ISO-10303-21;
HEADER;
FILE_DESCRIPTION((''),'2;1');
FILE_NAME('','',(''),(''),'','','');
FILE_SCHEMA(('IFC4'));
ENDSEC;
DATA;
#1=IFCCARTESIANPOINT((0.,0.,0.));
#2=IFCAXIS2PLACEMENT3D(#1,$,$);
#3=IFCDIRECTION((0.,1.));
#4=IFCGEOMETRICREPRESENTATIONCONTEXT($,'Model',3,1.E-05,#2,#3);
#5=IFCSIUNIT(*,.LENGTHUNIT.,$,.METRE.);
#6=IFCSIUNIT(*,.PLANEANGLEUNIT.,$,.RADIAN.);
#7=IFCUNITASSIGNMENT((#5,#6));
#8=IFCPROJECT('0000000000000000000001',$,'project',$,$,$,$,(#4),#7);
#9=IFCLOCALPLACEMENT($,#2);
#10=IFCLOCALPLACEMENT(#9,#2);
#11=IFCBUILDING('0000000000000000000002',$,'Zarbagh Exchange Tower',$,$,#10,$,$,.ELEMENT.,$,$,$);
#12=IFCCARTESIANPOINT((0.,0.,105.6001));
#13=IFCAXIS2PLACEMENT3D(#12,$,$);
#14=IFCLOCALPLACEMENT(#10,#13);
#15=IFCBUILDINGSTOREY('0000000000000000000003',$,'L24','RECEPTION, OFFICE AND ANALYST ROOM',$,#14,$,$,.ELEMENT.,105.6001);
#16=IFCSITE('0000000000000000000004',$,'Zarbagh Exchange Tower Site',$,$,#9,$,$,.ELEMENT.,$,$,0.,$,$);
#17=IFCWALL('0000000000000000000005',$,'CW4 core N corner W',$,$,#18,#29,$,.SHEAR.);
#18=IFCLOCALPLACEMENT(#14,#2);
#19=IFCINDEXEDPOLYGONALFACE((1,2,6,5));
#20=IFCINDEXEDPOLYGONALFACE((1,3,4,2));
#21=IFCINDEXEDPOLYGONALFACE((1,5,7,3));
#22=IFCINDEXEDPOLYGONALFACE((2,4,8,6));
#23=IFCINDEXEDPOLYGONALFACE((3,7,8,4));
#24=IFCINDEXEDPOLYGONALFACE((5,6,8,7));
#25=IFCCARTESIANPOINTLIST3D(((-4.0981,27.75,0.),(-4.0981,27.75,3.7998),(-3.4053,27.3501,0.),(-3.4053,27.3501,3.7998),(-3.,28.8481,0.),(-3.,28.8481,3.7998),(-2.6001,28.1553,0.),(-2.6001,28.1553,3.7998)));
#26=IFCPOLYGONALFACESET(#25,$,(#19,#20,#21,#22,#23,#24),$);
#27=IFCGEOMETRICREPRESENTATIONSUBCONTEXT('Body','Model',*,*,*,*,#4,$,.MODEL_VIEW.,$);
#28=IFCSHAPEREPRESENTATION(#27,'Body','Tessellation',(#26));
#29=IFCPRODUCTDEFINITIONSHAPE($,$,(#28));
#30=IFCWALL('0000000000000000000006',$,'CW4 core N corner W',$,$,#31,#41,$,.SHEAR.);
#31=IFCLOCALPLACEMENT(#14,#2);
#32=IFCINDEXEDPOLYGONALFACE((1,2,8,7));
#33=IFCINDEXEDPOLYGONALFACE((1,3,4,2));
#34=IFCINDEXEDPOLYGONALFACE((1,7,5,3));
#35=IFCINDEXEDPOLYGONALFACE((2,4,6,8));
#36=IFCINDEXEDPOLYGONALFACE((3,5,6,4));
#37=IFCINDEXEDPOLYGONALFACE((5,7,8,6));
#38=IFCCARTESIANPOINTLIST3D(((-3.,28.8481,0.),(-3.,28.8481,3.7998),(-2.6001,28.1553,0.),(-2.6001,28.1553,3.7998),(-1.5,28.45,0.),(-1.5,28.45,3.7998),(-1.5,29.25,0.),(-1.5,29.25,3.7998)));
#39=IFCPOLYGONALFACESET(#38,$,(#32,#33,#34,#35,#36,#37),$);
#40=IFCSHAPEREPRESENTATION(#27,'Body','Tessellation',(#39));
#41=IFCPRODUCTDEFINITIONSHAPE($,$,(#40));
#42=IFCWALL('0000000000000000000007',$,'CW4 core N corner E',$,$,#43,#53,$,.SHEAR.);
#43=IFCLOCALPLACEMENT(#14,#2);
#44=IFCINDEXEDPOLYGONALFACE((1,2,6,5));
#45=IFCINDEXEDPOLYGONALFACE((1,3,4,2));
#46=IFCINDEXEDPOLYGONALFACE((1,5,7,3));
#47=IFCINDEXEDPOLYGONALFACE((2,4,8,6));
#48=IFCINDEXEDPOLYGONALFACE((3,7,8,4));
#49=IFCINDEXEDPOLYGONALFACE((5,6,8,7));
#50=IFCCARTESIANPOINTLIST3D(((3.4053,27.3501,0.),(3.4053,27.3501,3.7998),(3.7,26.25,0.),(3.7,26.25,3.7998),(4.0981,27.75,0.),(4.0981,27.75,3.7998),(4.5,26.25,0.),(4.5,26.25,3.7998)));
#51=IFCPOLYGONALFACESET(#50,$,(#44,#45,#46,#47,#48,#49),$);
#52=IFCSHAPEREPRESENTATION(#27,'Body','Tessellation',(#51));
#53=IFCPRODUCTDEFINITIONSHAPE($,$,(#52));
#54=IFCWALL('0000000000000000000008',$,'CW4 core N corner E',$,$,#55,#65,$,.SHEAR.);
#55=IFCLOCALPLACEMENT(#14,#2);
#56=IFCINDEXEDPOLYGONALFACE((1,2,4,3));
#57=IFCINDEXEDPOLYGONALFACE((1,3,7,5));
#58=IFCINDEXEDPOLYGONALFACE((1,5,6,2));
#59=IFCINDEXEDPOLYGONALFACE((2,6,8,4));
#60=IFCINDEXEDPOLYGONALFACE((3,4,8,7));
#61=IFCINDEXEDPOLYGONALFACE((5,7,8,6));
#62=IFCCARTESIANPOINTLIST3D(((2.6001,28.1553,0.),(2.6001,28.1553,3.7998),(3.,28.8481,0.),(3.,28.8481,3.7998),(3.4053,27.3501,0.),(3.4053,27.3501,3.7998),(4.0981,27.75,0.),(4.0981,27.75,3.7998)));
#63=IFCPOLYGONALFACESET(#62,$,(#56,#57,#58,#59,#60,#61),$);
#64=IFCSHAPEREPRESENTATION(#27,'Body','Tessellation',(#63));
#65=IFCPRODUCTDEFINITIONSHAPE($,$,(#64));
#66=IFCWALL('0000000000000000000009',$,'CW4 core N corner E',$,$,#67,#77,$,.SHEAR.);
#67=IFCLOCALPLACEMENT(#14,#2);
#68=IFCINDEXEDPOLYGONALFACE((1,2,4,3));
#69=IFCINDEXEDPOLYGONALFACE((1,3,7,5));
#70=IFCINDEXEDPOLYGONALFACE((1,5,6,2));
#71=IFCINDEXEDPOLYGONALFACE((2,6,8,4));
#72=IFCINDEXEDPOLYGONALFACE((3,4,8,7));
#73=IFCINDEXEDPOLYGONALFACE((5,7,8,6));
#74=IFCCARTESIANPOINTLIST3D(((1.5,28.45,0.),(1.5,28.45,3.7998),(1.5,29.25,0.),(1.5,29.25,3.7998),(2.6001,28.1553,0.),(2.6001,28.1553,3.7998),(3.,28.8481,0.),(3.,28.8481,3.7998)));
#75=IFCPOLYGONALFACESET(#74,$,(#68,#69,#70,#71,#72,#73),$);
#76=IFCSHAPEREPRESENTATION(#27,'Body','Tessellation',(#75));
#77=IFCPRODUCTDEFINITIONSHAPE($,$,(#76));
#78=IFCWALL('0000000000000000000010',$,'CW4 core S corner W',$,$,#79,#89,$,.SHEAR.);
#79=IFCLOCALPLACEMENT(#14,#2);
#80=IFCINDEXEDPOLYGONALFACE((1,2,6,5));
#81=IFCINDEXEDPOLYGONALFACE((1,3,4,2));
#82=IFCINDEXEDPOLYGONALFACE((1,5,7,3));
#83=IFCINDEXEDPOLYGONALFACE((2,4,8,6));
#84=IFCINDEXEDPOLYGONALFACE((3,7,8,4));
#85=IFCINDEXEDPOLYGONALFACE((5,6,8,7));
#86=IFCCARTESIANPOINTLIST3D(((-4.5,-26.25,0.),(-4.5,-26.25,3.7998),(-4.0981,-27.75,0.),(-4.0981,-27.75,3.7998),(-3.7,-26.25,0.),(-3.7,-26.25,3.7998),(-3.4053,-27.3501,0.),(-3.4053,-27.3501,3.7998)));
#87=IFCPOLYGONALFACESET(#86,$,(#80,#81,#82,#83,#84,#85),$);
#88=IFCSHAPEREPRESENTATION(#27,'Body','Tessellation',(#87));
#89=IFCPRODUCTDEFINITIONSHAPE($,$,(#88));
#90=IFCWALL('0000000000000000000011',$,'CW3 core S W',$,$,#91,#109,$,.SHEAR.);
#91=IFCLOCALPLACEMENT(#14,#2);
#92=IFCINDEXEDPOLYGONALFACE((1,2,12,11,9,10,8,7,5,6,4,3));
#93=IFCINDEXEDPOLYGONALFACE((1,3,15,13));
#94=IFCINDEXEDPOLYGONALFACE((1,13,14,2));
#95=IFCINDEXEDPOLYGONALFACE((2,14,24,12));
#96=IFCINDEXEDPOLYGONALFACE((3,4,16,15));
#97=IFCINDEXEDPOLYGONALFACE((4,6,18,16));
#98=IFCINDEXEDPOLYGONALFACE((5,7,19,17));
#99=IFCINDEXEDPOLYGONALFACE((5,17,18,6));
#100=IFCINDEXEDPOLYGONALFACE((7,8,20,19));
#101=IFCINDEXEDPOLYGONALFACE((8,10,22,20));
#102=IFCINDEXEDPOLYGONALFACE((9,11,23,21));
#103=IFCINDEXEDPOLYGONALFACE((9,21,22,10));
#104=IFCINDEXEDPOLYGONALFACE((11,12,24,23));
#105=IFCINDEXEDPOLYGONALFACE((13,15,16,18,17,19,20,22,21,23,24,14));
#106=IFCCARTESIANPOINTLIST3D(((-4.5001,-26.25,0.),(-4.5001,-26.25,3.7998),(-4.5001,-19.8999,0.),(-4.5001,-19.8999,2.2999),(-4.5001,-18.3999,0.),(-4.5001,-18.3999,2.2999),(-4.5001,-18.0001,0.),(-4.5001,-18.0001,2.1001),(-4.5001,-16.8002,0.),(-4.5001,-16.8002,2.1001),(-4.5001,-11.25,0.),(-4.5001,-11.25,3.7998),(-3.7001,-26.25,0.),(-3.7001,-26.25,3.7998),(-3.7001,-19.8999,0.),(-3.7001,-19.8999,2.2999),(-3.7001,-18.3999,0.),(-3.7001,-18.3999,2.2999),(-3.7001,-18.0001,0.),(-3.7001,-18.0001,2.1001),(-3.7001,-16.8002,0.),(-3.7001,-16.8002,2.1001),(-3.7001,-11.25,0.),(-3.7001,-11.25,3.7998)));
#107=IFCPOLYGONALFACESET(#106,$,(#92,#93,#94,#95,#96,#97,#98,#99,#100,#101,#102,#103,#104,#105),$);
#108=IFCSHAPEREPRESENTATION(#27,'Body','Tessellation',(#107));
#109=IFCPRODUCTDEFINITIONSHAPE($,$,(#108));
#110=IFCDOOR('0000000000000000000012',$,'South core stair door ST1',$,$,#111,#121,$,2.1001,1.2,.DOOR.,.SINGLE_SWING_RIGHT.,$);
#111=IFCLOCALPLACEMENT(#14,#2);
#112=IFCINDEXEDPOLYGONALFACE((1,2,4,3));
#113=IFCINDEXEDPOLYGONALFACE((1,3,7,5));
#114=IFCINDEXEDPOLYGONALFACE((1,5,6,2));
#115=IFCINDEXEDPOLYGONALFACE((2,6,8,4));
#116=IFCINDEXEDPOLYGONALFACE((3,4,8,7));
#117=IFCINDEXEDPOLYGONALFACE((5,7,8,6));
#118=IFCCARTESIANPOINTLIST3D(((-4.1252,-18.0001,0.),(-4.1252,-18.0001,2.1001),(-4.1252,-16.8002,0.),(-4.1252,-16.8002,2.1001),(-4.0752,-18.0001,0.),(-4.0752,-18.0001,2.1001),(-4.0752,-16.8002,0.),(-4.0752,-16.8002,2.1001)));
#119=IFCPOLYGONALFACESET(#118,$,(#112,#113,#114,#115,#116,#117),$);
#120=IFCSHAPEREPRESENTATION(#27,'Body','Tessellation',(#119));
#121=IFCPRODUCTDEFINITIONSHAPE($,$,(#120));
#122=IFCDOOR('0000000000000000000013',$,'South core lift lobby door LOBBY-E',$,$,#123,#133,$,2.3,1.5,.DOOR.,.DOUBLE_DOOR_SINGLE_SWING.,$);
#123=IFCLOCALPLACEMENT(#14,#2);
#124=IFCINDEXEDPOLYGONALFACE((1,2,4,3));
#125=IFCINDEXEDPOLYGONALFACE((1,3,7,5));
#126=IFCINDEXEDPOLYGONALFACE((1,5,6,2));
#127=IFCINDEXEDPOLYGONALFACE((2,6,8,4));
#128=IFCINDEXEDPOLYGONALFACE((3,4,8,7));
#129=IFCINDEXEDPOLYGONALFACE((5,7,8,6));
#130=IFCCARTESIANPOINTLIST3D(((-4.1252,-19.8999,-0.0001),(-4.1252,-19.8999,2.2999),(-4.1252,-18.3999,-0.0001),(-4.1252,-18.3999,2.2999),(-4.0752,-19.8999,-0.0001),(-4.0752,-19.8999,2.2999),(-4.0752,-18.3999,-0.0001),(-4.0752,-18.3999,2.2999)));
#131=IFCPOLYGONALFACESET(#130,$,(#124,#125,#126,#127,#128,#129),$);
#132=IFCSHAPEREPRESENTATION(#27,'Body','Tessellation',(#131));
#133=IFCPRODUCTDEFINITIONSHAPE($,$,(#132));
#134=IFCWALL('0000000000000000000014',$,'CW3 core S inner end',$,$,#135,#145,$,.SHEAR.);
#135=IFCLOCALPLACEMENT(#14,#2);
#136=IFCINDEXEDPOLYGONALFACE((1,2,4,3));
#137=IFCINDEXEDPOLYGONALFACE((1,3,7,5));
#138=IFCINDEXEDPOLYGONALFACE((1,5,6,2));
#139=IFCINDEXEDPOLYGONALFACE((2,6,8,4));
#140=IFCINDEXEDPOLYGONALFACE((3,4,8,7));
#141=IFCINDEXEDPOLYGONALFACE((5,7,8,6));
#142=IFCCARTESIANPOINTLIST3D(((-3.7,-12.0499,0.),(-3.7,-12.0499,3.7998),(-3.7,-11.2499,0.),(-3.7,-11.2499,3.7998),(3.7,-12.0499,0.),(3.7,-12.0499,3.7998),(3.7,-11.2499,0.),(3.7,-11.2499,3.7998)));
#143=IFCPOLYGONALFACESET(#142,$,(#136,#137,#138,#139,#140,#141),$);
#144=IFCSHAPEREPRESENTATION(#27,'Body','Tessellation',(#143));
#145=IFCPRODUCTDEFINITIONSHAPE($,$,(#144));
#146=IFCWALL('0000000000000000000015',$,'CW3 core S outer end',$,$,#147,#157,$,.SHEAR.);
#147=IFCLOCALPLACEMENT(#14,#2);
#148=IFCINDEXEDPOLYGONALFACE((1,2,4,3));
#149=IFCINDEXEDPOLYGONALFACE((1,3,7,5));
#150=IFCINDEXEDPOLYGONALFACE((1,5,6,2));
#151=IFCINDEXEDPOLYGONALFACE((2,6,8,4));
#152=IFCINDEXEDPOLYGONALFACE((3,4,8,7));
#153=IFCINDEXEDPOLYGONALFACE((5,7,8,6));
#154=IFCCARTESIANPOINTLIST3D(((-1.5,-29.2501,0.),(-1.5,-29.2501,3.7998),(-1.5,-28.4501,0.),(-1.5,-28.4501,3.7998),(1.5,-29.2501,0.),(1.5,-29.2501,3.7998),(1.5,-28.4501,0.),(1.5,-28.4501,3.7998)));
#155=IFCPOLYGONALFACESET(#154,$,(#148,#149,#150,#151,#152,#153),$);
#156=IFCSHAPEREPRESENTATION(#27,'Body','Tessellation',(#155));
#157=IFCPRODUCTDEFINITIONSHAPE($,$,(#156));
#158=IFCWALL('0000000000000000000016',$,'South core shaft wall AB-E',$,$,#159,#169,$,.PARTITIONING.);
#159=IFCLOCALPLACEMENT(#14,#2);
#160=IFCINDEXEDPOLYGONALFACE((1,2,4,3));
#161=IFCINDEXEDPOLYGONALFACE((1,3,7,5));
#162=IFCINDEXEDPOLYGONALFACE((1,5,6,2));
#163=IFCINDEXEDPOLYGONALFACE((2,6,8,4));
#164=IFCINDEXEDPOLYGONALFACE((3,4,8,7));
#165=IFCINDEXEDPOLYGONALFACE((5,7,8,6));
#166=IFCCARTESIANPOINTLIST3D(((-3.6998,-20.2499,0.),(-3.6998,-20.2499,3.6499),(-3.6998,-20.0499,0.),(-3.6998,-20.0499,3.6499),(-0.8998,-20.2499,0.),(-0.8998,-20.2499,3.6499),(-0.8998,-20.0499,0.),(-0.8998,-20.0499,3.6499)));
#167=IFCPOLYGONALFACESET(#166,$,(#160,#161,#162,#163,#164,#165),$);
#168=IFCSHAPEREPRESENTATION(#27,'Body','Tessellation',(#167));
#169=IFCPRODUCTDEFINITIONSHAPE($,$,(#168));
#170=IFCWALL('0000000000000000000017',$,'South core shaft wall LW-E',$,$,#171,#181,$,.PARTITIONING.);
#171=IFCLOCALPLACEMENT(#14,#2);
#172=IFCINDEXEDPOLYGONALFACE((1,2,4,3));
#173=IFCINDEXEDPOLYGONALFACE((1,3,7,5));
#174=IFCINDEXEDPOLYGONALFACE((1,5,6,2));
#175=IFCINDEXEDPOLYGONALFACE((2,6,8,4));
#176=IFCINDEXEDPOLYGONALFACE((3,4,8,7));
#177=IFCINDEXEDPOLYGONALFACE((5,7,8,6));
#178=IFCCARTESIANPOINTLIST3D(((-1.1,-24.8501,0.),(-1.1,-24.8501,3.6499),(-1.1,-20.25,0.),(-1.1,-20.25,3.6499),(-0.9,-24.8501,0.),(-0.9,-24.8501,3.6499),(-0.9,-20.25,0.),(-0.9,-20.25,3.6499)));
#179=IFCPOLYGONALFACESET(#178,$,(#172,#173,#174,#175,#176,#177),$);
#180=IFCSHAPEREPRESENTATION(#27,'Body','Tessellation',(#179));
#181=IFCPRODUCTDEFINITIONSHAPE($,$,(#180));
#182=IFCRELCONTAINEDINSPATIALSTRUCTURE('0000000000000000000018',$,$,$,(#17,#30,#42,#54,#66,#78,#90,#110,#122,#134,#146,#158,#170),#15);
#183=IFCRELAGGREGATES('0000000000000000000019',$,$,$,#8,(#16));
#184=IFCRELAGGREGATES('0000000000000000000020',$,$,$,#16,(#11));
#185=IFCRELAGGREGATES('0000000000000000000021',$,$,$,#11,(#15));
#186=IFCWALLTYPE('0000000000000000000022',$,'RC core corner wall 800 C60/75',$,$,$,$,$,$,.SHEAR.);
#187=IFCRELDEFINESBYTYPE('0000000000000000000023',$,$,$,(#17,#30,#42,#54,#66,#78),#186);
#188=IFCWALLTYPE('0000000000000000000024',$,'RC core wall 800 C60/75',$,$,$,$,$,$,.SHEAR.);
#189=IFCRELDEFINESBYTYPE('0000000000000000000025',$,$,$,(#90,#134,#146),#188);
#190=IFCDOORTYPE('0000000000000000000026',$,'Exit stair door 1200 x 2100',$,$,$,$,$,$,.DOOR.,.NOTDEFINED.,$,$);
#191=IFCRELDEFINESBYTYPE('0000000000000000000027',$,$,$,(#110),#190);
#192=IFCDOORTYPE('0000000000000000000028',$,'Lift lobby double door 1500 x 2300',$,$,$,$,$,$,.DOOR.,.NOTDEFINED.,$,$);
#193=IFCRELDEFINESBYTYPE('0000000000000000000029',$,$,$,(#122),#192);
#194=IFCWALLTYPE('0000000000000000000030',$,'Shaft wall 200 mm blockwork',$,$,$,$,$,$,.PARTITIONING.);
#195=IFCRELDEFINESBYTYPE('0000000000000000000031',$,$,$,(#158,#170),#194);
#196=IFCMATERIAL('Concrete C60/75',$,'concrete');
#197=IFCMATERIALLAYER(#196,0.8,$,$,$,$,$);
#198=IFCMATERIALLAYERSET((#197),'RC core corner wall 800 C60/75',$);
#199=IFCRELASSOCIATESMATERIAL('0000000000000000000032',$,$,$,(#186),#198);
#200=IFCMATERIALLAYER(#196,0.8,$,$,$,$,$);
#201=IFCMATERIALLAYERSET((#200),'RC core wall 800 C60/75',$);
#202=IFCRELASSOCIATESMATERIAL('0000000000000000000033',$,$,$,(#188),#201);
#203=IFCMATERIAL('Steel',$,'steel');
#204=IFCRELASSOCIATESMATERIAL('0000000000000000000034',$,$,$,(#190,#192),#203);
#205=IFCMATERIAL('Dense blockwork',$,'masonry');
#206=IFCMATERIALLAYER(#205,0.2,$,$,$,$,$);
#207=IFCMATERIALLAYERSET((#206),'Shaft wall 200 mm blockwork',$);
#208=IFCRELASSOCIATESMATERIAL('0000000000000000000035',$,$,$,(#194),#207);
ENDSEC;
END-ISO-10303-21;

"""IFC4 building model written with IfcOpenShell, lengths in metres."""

from ifc_helpers import new_model, si_unit, direction, frame, frame_2d, origin, place, context, subcontext, project, spatial, polyline, rectangle, outline, extrude, material, layer, layer_set, type_object, element, fill, save


model = new_model("IFC4")

# Units and contexts
model_context = context("Model", 3, precision=1e-05, world=origin(), true_north=direction((0.0, 1.0)))
body_context = subcontext(model_context, "Body", "Model", "MODEL_VIEW")
ifc_project = project(units=[si_unit("LENGTHUNIT", "METRE"), si_unit("PLANEANGLEUNIT", "RADIAN")], contexts=[model_context])

# Site, building, storey
site_placement = place(None, origin())
site = spatial("IfcSite", under=ifc_project, at=site_placement, Name="Zarbagh Exchange Tower Site", CompositionType="ELEMENT", RefElevation=0.0)
building_placement = place(site_placement, origin())
building = spatial("IfcBuilding", under=site, at=building_placement, Name="Zarbagh Exchange Tower", CompositionType="ELEMENT")
storey_placement = place(building_placement, frame((0.0, 0.0, 105.6001)))
storey = spatial("IfcBuildingStorey", under=building, at=storey_placement, Name="L24", Description="RECEPTION, OFFICE AND ANALYST ROOM", CompositionType="ELEMENT", Elevation=105.6001)

# Shared definitions
ifc_material_1 = material(Name="Concrete C60/75", Category="concrete")

# Walls
ifc_layer_1 = layer(ifc_material_1, 0.8)
ifc_layer_set_1 = layer_set([ifc_layer_1], Name="RC core corner wall 800 C60/75")
wall_type_1 = type_object("IfcWallType", Name="RC core corner wall 800 C60/75", PredefinedType="SHEAR", material=ifc_layer_set_1)
wall_1_placement = place(storey_placement, origin())
element("IfcWall", 1, at=wall_1_placement, inside=storey, type_object=wall_type_1, Name="CW4 core N corner W", PredefinedType="SHEAR", context=body_context, shape_type="SweptSolid", body=[
    extrude(outline(polyline([(-4.0981, 27.75), (-3.0, 28.8481), (-2.6001, 28.1553), (-3.4053, 27.3501), (-4.0981, 27.75)])), origin(), (0.0, 0.0, 1.0), 3.7998),
])
wall_2_placement = place(storey_placement, origin())
element("IfcWall", 2, at=wall_2_placement, inside=storey, type_object=wall_type_1, Name="CW4 core N corner W", PredefinedType="SHEAR", context=body_context, shape_type="SweptSolid", body=[
    extrude(outline(polyline([(-3.0, 28.8481), (-1.5, 29.25), (-1.5, 28.45), (-2.6001, 28.1553), (-3.0, 28.8481)])), origin(), (0.0, 0.0, 1.0), 3.7998),
])
wall_3_placement = place(storey_placement, origin())
element("IfcWall", 3, at=wall_3_placement, inside=storey, type_object=wall_type_1, Name="CW4 core N corner E", PredefinedType="SHEAR", context=body_context, shape_type="SweptSolid", body=[
    extrude(outline(polyline([(4.5, 26.25), (4.0981, 27.75), (3.4053, 27.3501), (3.7, 26.25), (4.5, 26.25)])), origin(), (0.0, 0.0, 1.0), 3.7998),
])
wall_4_placement = place(storey_placement, origin())
element("IfcWall", 4, at=wall_4_placement, inside=storey, type_object=wall_type_1, Name="CW4 core N corner E", PredefinedType="SHEAR", context=body_context, shape_type="SweptSolid", body=[
    extrude(outline(polyline([(4.0981, 27.75), (3.0, 28.8481), (2.6001, 28.1553), (3.4053, 27.3501), (4.0981, 27.75)])), origin(), (0.0, 0.0, 1.0), 3.7998),
])
wall_5_placement = place(storey_placement, origin())
element("IfcWall", 5, at=wall_5_placement, inside=storey, type_object=wall_type_1, Name="CW4 core N corner E", PredefinedType="SHEAR", context=body_context, shape_type="SweptSolid", body=[
    extrude(outline(polyline([(3.0, 28.8481), (1.5, 29.25), (1.5, 28.45), (2.6001, 28.1553), (3.0, 28.8481)])), origin(), (0.0, 0.0, 1.0), 3.7998),
])
wall_6_placement = place(storey_placement, origin())
element("IfcWall", 6, at=wall_6_placement, inside=storey, type_object=wall_type_1, Name="CW4 core S corner W", PredefinedType="SHEAR", context=body_context, shape_type="SweptSolid", body=[
    extrude(outline(polyline([(-4.5, -26.25), (-4.0981, -27.75), (-3.4053, -27.3501), (-3.7, -26.25), (-4.5, -26.25)])), origin(), (0.0, 0.0, 1.0), 3.7998),
])

# Wall, openings, doors
ifc_layer_2 = layer(ifc_material_1, 0.8)
ifc_layer_set_2 = layer_set([ifc_layer_2], Name="RC core wall 800 C60/75")
wall_type_2 = type_object("IfcWallType", Name="RC core wall 800 C60/75", PredefinedType="SHEAR", material=ifc_layer_set_2)
wall_7_placement = place(storey_placement, frame((-4.1001, -11.25, 0.0), z_axis=(0.0, 0.0, 1.0), x_axis=(0.0, -1.0, 0.0)))
wall_7 = element("IfcWall", 7, at=wall_7_placement, inside=storey, type_object=wall_type_2, Name="CW3 core S W", PredefinedType="SHEAR", context=body_context, shape_type="SweptSolid", body=[
    extrude(rectangle(XDim=15.0, YDim=0.8, at=frame_2d((7.5, 0.0))), origin(), (0.0, 0.0, 1.0), 3.7998),
])
opening_1_placement = place(wall_7_placement, frame((7.1499, 0.0, 0.0)))
opening_1 = element("IfcOpeningElement", 8, at=opening_1_placement, cuts=wall_7, PredefinedType="OPENING", context=body_context, shape_type="SweptSolid", body=[
    extrude(rectangle(XDim=1.5, YDim=2.3, at=frame_2d((0.75, 1.1499))), frame((0.0, 0.4099, 0.0), z_axis=(0.0, -1.0, 0.0), x_axis=(1.0, 0.0, 0.0)), (0.0, 0.0, 1.0), 0.8201),
])
opening_2_placement = place(wall_7_placement, frame((5.55, 0.0, 0.0)))
opening_2 = element("IfcOpeningElement", 9, at=opening_2_placement, cuts=wall_7, PredefinedType="OPENING", context=body_context, shape_type="SweptSolid", body=[
    extrude(rectangle(XDim=1.2, YDim=2.1001, at=frame_2d((0.6001, 1.05))), frame((0.0, 0.4099, 0.0), z_axis=(0.0, -1.0, 0.0), x_axis=(1.0, 0.0, 0.0)), (0.0, 0.0, 1.0), 0.8201),
])
ifc_material_2 = material(Name="Steel", Category="steel")
door_type_1 = type_object("IfcDoorType", Name="Exit stair door 1200 x 2100", OperationType="NOTDEFINED", PredefinedType="DOOR", material=ifc_material_2)
door_1_placement = place(opening_2_placement, origin())
door_1 = element("IfcDoor", 10, at=door_1_placement, inside=storey, type_object=door_type_1, Name="South core stair door ST1", OperationType="SINGLE_SWING_RIGHT", OverallHeight=2.1001, OverallWidth=1.2, PredefinedType="DOOR", context=body_context, shape_type="SweptSolid", body=[
    extrude(rectangle(XDim=1.2, YDim=2.1001, at=frame_2d((0.6001, 1.05))), frame((0.0, 0.0249, 0.0), z_axis=(0.0, -1.0, 0.0), x_axis=(1.0, 0.0, 0.0)), (0.0, 0.0, 1.0), 0.05),
])
fill(opening_2, door_1)
door_type_2 = type_object("IfcDoorType", Name="Lift lobby double door 1500 x 2300", OperationType="NOTDEFINED", PredefinedType="DOOR", material=ifc_material_2)
door_2_placement = place(opening_1_placement, origin())
door_2 = element("IfcDoor", 11, at=door_2_placement, inside=storey, type_object=door_type_2, Name="South core lift lobby door LOBBY-E", OperationType="DOUBLE_DOOR_SINGLE_SWING", OverallHeight=2.3, OverallWidth=1.5, PredefinedType="DOOR", context=body_context, shape_type="SweptSolid", body=[
    extrude(rectangle(XDim=1.5, YDim=2.3, at=frame_2d((0.75, 1.1499))), frame((0.0, 0.0249, 0.0), z_axis=(0.0, -1.0, 0.0), x_axis=(1.0, 0.0, 0.0)), (0.0, 0.0, 1.0), 0.05),
])
fill(opening_1, door_2)

# Walls
wall_8_placement = place(storey_placement, frame((-3.7, -11.6499, 0.0), z_axis=(0.0, 0.0, 1.0), x_axis=(1.0, 0.0, 0.0)))
element("IfcWall", 12, at=wall_8_placement, inside=storey, type_object=wall_type_2, Name="CW3 core S inner end", PredefinedType="SHEAR", context=body_context, shape_type="SweptSolid", body=[
    extrude(rectangle(XDim=7.3999, YDim=0.8, at=frame_2d((3.7, 0.0))), origin(), (0.0, 0.0, 1.0), 3.7998),
])
wall_9_placement = place(storey_placement, frame((-1.5, -28.8501, 0.0), z_axis=(0.0, 0.0, 1.0), x_axis=(1.0, 0.0, 0.0)))
element("IfcWall", 13, at=wall_9_placement, inside=storey, type_object=wall_type_2, Name="CW3 core S outer end", PredefinedType="SHEAR", context=body_context, shape_type="SweptSolid", body=[
    extrude(rectangle(XDim=3.0, YDim=0.8, at=frame_2d((1.5, 0.0))), origin(), (0.0, 0.0, 1.0), 3.7998),
])
ifc_material_3 = material(Name="Dense blockwork", Category="masonry")
ifc_layer_3 = layer(ifc_material_3, 0.2)
ifc_layer_set_3 = layer_set([ifc_layer_3], Name="Shaft wall 200 mm blockwork")
wall_type_3 = type_object("IfcWallType", Name="Shaft wall 200 mm blockwork", PredefinedType="PARTITIONING", material=ifc_layer_set_3)
wall_10_placement = place(storey_placement, frame((-0.8999, -20.1499, 0.0), z_axis=(0.0, 0.0, 1.0), x_axis=(-1.0, 0.0, 0.0)))
element("IfcWall", 14, at=wall_10_placement, inside=storey, type_object=wall_type_3, Name="South core shaft wall AB-E", PredefinedType="PARTITIONING", context=body_context, shape_type="SweptSolid", body=[
    extrude(rectangle(XDim=2.8, YDim=0.2, at=frame_2d((1.3999, 0.0))), origin(), (0.0, 0.0, 1.0), 3.6499),
])
wall_11_placement = place(storey_placement, frame((-1.0, -24.8501, 0.0), z_axis=(0.0, 0.0, 1.0), x_axis=(0.0, 1.0, 0.0)))
element("IfcWall", 15, at=wall_11_placement, inside=storey, type_object=wall_type_3, Name="South core shaft wall LW-E", PredefinedType="PARTITIONING", context=body_context, shape_type="SweptSolid", body=[
    extrude(rectangle(XDim=4.6001, YDim=0.2, at=frame_2d((2.3, 0.0))), origin(), (0.0, 0.0, 1.0), 3.6499),
])

save(model, "model.ifc")
